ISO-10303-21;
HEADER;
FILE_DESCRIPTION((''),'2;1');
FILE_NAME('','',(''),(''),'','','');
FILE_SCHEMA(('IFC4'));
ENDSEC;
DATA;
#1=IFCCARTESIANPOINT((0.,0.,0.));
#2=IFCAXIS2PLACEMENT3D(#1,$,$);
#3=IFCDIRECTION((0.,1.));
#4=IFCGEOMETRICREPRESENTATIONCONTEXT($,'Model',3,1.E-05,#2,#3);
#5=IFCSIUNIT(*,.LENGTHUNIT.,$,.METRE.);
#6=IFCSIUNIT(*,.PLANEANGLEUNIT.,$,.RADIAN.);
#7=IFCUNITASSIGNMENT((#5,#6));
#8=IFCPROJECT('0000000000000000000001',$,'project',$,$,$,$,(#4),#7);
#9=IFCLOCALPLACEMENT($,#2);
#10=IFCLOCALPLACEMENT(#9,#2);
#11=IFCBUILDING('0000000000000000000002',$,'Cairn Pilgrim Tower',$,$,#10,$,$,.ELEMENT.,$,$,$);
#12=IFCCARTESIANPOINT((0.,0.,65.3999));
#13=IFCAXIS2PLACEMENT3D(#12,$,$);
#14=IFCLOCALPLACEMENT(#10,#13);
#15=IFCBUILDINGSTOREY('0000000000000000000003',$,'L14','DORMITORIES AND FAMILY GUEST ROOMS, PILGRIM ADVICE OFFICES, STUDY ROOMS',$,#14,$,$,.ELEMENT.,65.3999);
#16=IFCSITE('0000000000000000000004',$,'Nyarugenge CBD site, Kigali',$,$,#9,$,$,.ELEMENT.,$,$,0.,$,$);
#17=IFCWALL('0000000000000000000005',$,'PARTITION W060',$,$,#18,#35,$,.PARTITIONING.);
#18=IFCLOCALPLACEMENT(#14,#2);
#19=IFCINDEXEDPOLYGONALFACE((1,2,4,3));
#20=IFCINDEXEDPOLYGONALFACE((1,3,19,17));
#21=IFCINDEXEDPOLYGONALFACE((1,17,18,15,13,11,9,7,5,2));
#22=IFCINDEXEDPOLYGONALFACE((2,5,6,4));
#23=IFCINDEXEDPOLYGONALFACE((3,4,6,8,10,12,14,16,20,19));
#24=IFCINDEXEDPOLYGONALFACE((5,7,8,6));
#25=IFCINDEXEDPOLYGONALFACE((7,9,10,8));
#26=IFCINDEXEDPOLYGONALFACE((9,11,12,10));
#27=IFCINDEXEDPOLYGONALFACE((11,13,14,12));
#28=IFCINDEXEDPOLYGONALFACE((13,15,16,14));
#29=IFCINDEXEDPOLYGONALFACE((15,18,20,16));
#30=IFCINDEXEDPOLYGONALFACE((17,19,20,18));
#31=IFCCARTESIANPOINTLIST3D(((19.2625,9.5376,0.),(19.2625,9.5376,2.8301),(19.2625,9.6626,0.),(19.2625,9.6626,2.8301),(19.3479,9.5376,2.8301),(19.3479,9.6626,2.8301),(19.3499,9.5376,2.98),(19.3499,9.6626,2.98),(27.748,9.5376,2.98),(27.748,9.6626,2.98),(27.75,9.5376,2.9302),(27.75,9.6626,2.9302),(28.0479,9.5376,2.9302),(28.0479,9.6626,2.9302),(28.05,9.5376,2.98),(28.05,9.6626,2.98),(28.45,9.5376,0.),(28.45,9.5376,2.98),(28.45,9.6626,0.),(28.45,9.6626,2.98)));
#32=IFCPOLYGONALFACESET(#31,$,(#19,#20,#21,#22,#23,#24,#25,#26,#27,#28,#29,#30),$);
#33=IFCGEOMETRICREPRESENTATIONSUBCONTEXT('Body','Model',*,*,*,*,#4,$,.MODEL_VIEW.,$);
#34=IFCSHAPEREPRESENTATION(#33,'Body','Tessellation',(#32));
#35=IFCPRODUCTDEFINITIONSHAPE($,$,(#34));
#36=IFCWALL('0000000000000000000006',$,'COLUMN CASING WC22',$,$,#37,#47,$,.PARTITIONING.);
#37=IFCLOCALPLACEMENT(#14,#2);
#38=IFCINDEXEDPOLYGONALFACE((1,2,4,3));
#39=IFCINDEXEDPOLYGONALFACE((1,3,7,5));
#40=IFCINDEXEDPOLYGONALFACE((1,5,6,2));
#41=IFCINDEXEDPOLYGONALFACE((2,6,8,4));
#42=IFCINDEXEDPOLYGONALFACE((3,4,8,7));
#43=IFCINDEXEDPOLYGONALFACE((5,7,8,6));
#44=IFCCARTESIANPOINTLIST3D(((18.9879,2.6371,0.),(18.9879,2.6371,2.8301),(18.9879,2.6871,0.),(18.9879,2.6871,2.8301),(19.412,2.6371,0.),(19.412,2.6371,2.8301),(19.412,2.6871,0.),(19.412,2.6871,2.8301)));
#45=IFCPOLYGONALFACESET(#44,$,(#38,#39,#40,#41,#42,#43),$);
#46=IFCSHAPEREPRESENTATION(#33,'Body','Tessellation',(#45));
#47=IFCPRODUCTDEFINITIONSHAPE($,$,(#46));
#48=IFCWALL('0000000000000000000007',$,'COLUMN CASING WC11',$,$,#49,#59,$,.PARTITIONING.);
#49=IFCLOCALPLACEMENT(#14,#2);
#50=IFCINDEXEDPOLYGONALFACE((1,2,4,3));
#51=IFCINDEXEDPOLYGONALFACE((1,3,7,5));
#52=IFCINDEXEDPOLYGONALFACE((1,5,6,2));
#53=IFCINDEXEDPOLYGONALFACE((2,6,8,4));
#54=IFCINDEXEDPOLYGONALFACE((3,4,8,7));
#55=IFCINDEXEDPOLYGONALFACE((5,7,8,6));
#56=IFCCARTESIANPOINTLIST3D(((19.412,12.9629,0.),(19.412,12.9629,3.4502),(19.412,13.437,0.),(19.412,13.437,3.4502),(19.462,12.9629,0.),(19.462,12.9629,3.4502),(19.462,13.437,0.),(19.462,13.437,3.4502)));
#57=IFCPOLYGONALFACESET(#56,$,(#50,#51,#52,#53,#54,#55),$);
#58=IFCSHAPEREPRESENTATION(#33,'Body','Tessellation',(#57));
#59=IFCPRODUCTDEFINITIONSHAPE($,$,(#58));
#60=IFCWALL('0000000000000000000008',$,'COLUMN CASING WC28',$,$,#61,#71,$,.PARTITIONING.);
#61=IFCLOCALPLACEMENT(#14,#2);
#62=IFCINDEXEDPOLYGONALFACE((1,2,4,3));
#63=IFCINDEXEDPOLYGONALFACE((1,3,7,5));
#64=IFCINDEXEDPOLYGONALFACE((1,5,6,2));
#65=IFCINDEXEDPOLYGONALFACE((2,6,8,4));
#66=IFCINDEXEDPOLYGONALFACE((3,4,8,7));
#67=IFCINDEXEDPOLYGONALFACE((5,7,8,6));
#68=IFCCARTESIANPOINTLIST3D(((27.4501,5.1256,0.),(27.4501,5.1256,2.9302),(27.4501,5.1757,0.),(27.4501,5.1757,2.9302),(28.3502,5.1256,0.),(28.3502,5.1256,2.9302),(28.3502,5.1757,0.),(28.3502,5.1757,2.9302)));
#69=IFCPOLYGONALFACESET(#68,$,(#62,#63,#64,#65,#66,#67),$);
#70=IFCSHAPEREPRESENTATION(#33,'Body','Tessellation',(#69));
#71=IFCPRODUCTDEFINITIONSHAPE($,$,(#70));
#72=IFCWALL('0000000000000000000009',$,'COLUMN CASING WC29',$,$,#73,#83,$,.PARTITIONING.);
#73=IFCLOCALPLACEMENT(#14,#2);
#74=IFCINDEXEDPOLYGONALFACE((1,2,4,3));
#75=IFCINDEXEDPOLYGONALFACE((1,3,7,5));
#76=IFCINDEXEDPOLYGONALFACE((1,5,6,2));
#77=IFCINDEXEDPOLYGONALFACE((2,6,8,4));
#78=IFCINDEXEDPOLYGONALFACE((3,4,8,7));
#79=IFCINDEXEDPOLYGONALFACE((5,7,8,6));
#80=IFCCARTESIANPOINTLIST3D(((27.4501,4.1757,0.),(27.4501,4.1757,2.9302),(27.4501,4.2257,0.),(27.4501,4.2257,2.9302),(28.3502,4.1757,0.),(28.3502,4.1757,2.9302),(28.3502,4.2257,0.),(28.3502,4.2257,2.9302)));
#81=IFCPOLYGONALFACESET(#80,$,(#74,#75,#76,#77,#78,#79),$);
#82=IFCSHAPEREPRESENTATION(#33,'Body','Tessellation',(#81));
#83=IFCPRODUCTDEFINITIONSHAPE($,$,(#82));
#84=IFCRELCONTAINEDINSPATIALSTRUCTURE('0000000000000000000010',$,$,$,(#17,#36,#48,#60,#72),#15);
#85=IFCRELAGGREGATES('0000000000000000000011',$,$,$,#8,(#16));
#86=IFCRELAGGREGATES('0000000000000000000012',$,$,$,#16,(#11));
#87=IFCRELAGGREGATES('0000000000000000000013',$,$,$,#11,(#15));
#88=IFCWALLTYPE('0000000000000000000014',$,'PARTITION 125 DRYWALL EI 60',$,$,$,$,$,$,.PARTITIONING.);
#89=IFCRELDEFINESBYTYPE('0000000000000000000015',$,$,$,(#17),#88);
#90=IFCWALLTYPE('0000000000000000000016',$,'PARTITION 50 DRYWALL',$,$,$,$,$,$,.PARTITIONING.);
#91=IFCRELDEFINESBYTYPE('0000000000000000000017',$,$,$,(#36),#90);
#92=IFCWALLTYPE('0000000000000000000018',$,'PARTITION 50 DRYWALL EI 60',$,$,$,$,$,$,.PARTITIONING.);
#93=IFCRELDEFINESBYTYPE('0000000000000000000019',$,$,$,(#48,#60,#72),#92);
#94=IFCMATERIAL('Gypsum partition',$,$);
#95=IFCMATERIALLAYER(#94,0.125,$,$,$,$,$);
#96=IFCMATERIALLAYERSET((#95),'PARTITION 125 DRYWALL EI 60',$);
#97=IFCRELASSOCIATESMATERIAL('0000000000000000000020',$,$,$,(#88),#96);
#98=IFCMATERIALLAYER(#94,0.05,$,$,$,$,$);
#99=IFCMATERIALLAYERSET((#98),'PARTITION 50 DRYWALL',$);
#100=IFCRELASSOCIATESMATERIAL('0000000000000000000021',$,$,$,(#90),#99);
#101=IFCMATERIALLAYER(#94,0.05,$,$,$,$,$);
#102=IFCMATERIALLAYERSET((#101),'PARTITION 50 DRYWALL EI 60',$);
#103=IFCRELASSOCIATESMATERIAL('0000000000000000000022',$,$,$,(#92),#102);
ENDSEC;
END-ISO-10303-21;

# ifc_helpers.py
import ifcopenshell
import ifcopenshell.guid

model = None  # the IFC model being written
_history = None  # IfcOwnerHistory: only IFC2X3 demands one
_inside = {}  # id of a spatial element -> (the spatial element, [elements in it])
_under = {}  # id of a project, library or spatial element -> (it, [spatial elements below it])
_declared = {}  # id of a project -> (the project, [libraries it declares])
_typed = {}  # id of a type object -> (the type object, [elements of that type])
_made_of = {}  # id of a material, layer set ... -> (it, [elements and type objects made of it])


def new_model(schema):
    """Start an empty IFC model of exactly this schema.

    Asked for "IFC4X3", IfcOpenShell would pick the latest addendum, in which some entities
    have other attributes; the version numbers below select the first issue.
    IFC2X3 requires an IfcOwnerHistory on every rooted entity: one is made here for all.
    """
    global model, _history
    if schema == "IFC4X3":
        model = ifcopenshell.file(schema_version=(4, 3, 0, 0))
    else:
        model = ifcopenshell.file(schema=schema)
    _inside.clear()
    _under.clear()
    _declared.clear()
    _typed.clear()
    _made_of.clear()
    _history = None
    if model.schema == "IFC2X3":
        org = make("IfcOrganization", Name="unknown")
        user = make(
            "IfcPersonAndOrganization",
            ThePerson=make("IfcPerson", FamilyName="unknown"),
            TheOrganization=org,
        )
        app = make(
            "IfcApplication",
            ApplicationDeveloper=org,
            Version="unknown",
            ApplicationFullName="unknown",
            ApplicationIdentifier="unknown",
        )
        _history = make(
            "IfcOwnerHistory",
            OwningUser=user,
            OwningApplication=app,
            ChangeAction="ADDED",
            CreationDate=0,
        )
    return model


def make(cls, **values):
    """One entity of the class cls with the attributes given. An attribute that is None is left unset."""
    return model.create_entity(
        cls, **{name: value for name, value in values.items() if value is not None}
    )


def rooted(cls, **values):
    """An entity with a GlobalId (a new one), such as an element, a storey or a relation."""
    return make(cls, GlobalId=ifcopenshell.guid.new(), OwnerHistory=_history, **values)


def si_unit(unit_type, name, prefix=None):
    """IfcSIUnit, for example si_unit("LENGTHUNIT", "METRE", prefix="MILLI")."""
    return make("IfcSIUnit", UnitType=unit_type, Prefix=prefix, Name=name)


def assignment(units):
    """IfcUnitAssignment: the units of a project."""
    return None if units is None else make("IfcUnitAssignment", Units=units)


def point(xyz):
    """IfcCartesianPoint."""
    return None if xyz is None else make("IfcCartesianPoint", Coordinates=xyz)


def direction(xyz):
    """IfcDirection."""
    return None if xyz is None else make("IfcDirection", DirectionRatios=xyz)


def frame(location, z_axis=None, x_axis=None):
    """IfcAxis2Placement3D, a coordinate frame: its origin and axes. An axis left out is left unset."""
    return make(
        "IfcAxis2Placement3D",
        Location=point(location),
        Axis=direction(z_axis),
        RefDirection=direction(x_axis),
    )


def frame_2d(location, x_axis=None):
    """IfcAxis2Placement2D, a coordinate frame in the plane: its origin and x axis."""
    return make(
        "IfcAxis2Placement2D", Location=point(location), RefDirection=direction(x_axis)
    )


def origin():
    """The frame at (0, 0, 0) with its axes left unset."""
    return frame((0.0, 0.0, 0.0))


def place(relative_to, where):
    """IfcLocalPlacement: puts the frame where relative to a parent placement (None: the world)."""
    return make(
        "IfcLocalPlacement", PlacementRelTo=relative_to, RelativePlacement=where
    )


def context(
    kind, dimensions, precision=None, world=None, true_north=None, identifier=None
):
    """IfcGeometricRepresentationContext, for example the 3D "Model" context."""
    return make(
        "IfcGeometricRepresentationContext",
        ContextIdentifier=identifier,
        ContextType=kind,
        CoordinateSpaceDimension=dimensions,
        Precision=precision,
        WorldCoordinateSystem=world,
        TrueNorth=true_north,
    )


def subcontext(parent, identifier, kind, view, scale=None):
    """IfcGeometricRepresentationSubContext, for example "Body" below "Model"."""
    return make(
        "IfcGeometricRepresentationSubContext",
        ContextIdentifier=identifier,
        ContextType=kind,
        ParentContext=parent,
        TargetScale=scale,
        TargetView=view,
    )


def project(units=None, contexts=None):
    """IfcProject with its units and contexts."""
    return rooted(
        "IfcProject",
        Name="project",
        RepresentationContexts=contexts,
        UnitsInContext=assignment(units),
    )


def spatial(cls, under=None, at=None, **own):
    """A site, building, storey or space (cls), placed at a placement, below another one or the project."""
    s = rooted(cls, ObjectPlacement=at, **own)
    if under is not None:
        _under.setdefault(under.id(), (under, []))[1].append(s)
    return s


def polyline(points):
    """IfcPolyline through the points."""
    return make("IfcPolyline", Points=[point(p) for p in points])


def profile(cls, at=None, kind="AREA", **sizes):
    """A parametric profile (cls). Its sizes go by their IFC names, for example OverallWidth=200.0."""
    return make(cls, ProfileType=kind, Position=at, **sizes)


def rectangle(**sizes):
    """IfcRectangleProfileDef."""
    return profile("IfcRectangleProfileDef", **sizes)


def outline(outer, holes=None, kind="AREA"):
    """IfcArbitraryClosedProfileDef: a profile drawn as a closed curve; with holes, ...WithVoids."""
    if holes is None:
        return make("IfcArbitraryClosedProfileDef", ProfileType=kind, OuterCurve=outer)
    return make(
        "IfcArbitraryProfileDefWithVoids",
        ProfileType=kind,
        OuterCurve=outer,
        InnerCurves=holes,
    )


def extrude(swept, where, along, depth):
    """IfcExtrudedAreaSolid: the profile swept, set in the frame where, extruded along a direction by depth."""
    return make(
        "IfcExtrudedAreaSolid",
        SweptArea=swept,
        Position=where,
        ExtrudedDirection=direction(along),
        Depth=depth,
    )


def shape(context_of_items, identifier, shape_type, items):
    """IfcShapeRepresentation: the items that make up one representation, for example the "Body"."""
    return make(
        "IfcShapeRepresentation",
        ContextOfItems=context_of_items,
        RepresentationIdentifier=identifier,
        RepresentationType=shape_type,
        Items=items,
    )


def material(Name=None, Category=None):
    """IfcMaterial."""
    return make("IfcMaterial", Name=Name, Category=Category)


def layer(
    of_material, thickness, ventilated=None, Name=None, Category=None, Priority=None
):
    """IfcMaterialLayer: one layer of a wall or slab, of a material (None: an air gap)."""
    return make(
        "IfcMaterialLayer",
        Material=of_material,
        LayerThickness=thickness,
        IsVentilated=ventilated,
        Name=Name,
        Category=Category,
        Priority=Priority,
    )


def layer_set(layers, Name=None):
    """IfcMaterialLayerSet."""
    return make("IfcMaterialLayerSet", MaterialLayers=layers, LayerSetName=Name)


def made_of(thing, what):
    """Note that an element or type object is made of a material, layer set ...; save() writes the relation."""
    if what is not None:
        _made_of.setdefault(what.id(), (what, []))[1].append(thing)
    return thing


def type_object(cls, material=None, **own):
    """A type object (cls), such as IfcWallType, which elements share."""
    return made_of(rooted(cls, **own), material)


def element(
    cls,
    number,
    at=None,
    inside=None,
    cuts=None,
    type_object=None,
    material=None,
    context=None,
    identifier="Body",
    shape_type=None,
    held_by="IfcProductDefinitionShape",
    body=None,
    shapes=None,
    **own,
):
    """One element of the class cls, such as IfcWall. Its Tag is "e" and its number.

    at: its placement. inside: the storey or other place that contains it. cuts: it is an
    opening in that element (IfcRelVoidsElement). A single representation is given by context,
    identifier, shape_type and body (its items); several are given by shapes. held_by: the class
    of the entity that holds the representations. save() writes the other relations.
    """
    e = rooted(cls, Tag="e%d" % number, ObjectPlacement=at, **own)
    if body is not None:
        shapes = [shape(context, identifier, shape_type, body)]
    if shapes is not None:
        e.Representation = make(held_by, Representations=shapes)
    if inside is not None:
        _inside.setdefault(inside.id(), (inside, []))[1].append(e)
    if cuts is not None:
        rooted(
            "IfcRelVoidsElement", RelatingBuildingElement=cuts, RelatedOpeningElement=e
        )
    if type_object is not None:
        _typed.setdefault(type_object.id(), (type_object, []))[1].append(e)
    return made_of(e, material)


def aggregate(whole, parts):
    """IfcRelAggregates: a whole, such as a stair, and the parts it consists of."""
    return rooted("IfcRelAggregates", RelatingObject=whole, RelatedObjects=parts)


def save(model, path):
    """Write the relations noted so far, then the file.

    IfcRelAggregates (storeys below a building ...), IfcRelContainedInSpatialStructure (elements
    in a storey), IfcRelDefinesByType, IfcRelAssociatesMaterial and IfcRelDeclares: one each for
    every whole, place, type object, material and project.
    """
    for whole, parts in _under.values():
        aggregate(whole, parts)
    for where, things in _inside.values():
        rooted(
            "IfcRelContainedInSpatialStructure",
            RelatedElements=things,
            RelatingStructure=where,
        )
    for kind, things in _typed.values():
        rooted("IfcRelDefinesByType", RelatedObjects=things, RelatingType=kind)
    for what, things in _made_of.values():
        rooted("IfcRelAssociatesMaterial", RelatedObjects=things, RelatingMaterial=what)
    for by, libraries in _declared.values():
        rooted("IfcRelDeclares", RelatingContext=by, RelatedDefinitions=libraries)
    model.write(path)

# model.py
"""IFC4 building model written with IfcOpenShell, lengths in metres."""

from ifc_helpers import new_model, si_unit, direction, frame, frame_2d, origin, place, context, subcontext, project, spatial, polyline, rectangle, outline, extrude, material, layer, layer_set, type_object, element, save


model = new_model("IFC4")

# Units and contexts
model_context = context("Model", 3, precision=1e-05, world=origin(), true_north=direction((0.0, 1.0)))
body_context = subcontext(model_context, "Body", "Model", "MODEL_VIEW")
ifc_project = project(units=[si_unit("LENGTHUNIT", "METRE"), si_unit("PLANEANGLEUNIT", "RADIAN")], contexts=[model_context])

# Site, building, storey
site_placement = place(None, origin())
site = spatial("IfcSite", under=ifc_project, at=site_placement, Name="Nyarugenge CBD site, Kigali", CompositionType="ELEMENT", RefElevation=0.0)
building_placement = place(site_placement, origin())
building = spatial("IfcBuilding", under=site, at=building_placement, Name="Cairn Pilgrim Tower", CompositionType="ELEMENT")
storey_placement = place(building_placement, frame((0.0, 0.0, 65.3999)))
storey = spatial("IfcBuildingStorey", under=building, at=storey_placement, Name="L14", Description="DORMITORIES AND FAMILY GUEST ROOMS, PILGRIM ADVICE OFFICES, STUDY ROOMS", CompositionType="ELEMENT", Elevation=65.3999)

# Shared definitions
ifc_material_1 = material(Name="Gypsum partition")

# Shared definitions
ifc_layer_1 = layer(ifc_material_1, 0.125)
ifc_layer_set_1 = layer_set([ifc_layer_1], Name="PARTITION 125 DRYWALL EI 60")
wall_type_1 = type_object("IfcWallType", Name="PARTITION 125 DRYWALL EI 60", PredefinedType="PARTITIONING", material=ifc_layer_set_1)

# Walls
wall_1_placement = place(storey_placement, frame((19.2625, 9.6001, 0.0), z_axis=(0.0, 0.0, 1.0), x_axis=(1.0, 0.0, 0.0)))
element("IfcWall", 1, at=wall_1_placement, inside=storey, type_object=wall_type_1, Name="PARTITION W060", PredefinedType="PARTITIONING", context=body_context, shape_type="SweptSolid", body=[
    extrude(outline(polyline([(0.0, 0.0), (9.1875, 0.0), (9.1875, 2.98), (8.7876, 2.98), (8.7854, 2.9302), (8.4875, 2.9302), (8.4856, 2.98), (0.0874, 2.98), (0.0854, 2.8301), (0.0, 2.8301), (0.0, 0.0)])), frame((0.0, 0.0625, 0.0), z_axis=(0.0, -1.0, 0.0), x_axis=(1.0, 0.0, 0.0)), (0.0, 0.0, 1.0), 0.125),
])
ifc_layer_2 = layer(ifc_material_1, 0.05)
ifc_layer_set_2 = layer_set([ifc_layer_2], Name="PARTITION 50 DRYWALL")
wall_type_2 = type_object("IfcWallType", Name="PARTITION 50 DRYWALL", PredefinedType="PARTITIONING", material=ifc_layer_set_2)
wall_2_placement = place(storey_placement, frame((18.988, 2.6621, 0.0), z_axis=(0.0, 0.0, 1.0), x_axis=(1.0, 0.0, 0.0)))
element("IfcWall", 2, at=wall_2_placement, inside=storey, type_object=wall_type_2, Name="COLUMN CASING WC22", PredefinedType="PARTITIONING", context=body_context, shape_type="SweptSolid", body=[
    extrude(rectangle(XDim=0.4241, YDim=0.05, at=frame_2d((0.2119, 0.0))), origin(), (0.0, 0.0, 1.0), 2.8301),
])
ifc_layer_3 = layer(ifc_material_1, 0.05)
ifc_layer_set_3 = layer_set([ifc_layer_3], Name="PARTITION 50 DRYWALL EI 60")
wall_type_3 = type_object("IfcWallType", Name="PARTITION 50 DRYWALL EI 60", PredefinedType="PARTITIONING", material=ifc_layer_set_3)
wall_3_placement = place(storey_placement, frame((19.437, 12.9629, 0.0), z_axis=(0.0, 0.0, 1.0), x_axis=(0.0, 1.0, 0.0)))
element("IfcWall", 3, at=wall_3_placement, inside=storey, type_object=wall_type_3, Name="COLUMN CASING WC11", PredefinedType="PARTITIONING", context=body_context, shape_type="SweptSolid", body=[
    extrude(rectangle(XDim=0.4741, YDim=0.05, at=frame_2d((0.2371, 0.0))), origin(), (0.0, 0.0, 1.0), 3.4502),
])
for number, where, z_axis, x_axis, name in (
    (4, (27.45, 5.1506, 0.0), (0.0, 0.0, 1.0), (1.0, 0.0, 0.0), "COLUMN CASING WC28"),
    (5, (27.45, 4.2007, 0.0), (0.0, 0.0, 1.0), (1.0, 0.0, 0.0), "COLUMN CASING WC29"),
):
    element("IfcWall", number, at=place(storey_placement, frame(where, z_axis=z_axis, x_axis=x_axis)), inside=storey, type_object=wall_type_3, Name=name, PredefinedType="PARTITIONING", context=body_context, shape_type="SweptSolid", body=[
        extrude(rectangle(XDim=0.9001, YDim=0.05, at=frame_2d((0.4502, 0.0))), origin(), (0.0, 0.0, 1.0), 2.9302),
    ])

save(model, "model.ifc")
